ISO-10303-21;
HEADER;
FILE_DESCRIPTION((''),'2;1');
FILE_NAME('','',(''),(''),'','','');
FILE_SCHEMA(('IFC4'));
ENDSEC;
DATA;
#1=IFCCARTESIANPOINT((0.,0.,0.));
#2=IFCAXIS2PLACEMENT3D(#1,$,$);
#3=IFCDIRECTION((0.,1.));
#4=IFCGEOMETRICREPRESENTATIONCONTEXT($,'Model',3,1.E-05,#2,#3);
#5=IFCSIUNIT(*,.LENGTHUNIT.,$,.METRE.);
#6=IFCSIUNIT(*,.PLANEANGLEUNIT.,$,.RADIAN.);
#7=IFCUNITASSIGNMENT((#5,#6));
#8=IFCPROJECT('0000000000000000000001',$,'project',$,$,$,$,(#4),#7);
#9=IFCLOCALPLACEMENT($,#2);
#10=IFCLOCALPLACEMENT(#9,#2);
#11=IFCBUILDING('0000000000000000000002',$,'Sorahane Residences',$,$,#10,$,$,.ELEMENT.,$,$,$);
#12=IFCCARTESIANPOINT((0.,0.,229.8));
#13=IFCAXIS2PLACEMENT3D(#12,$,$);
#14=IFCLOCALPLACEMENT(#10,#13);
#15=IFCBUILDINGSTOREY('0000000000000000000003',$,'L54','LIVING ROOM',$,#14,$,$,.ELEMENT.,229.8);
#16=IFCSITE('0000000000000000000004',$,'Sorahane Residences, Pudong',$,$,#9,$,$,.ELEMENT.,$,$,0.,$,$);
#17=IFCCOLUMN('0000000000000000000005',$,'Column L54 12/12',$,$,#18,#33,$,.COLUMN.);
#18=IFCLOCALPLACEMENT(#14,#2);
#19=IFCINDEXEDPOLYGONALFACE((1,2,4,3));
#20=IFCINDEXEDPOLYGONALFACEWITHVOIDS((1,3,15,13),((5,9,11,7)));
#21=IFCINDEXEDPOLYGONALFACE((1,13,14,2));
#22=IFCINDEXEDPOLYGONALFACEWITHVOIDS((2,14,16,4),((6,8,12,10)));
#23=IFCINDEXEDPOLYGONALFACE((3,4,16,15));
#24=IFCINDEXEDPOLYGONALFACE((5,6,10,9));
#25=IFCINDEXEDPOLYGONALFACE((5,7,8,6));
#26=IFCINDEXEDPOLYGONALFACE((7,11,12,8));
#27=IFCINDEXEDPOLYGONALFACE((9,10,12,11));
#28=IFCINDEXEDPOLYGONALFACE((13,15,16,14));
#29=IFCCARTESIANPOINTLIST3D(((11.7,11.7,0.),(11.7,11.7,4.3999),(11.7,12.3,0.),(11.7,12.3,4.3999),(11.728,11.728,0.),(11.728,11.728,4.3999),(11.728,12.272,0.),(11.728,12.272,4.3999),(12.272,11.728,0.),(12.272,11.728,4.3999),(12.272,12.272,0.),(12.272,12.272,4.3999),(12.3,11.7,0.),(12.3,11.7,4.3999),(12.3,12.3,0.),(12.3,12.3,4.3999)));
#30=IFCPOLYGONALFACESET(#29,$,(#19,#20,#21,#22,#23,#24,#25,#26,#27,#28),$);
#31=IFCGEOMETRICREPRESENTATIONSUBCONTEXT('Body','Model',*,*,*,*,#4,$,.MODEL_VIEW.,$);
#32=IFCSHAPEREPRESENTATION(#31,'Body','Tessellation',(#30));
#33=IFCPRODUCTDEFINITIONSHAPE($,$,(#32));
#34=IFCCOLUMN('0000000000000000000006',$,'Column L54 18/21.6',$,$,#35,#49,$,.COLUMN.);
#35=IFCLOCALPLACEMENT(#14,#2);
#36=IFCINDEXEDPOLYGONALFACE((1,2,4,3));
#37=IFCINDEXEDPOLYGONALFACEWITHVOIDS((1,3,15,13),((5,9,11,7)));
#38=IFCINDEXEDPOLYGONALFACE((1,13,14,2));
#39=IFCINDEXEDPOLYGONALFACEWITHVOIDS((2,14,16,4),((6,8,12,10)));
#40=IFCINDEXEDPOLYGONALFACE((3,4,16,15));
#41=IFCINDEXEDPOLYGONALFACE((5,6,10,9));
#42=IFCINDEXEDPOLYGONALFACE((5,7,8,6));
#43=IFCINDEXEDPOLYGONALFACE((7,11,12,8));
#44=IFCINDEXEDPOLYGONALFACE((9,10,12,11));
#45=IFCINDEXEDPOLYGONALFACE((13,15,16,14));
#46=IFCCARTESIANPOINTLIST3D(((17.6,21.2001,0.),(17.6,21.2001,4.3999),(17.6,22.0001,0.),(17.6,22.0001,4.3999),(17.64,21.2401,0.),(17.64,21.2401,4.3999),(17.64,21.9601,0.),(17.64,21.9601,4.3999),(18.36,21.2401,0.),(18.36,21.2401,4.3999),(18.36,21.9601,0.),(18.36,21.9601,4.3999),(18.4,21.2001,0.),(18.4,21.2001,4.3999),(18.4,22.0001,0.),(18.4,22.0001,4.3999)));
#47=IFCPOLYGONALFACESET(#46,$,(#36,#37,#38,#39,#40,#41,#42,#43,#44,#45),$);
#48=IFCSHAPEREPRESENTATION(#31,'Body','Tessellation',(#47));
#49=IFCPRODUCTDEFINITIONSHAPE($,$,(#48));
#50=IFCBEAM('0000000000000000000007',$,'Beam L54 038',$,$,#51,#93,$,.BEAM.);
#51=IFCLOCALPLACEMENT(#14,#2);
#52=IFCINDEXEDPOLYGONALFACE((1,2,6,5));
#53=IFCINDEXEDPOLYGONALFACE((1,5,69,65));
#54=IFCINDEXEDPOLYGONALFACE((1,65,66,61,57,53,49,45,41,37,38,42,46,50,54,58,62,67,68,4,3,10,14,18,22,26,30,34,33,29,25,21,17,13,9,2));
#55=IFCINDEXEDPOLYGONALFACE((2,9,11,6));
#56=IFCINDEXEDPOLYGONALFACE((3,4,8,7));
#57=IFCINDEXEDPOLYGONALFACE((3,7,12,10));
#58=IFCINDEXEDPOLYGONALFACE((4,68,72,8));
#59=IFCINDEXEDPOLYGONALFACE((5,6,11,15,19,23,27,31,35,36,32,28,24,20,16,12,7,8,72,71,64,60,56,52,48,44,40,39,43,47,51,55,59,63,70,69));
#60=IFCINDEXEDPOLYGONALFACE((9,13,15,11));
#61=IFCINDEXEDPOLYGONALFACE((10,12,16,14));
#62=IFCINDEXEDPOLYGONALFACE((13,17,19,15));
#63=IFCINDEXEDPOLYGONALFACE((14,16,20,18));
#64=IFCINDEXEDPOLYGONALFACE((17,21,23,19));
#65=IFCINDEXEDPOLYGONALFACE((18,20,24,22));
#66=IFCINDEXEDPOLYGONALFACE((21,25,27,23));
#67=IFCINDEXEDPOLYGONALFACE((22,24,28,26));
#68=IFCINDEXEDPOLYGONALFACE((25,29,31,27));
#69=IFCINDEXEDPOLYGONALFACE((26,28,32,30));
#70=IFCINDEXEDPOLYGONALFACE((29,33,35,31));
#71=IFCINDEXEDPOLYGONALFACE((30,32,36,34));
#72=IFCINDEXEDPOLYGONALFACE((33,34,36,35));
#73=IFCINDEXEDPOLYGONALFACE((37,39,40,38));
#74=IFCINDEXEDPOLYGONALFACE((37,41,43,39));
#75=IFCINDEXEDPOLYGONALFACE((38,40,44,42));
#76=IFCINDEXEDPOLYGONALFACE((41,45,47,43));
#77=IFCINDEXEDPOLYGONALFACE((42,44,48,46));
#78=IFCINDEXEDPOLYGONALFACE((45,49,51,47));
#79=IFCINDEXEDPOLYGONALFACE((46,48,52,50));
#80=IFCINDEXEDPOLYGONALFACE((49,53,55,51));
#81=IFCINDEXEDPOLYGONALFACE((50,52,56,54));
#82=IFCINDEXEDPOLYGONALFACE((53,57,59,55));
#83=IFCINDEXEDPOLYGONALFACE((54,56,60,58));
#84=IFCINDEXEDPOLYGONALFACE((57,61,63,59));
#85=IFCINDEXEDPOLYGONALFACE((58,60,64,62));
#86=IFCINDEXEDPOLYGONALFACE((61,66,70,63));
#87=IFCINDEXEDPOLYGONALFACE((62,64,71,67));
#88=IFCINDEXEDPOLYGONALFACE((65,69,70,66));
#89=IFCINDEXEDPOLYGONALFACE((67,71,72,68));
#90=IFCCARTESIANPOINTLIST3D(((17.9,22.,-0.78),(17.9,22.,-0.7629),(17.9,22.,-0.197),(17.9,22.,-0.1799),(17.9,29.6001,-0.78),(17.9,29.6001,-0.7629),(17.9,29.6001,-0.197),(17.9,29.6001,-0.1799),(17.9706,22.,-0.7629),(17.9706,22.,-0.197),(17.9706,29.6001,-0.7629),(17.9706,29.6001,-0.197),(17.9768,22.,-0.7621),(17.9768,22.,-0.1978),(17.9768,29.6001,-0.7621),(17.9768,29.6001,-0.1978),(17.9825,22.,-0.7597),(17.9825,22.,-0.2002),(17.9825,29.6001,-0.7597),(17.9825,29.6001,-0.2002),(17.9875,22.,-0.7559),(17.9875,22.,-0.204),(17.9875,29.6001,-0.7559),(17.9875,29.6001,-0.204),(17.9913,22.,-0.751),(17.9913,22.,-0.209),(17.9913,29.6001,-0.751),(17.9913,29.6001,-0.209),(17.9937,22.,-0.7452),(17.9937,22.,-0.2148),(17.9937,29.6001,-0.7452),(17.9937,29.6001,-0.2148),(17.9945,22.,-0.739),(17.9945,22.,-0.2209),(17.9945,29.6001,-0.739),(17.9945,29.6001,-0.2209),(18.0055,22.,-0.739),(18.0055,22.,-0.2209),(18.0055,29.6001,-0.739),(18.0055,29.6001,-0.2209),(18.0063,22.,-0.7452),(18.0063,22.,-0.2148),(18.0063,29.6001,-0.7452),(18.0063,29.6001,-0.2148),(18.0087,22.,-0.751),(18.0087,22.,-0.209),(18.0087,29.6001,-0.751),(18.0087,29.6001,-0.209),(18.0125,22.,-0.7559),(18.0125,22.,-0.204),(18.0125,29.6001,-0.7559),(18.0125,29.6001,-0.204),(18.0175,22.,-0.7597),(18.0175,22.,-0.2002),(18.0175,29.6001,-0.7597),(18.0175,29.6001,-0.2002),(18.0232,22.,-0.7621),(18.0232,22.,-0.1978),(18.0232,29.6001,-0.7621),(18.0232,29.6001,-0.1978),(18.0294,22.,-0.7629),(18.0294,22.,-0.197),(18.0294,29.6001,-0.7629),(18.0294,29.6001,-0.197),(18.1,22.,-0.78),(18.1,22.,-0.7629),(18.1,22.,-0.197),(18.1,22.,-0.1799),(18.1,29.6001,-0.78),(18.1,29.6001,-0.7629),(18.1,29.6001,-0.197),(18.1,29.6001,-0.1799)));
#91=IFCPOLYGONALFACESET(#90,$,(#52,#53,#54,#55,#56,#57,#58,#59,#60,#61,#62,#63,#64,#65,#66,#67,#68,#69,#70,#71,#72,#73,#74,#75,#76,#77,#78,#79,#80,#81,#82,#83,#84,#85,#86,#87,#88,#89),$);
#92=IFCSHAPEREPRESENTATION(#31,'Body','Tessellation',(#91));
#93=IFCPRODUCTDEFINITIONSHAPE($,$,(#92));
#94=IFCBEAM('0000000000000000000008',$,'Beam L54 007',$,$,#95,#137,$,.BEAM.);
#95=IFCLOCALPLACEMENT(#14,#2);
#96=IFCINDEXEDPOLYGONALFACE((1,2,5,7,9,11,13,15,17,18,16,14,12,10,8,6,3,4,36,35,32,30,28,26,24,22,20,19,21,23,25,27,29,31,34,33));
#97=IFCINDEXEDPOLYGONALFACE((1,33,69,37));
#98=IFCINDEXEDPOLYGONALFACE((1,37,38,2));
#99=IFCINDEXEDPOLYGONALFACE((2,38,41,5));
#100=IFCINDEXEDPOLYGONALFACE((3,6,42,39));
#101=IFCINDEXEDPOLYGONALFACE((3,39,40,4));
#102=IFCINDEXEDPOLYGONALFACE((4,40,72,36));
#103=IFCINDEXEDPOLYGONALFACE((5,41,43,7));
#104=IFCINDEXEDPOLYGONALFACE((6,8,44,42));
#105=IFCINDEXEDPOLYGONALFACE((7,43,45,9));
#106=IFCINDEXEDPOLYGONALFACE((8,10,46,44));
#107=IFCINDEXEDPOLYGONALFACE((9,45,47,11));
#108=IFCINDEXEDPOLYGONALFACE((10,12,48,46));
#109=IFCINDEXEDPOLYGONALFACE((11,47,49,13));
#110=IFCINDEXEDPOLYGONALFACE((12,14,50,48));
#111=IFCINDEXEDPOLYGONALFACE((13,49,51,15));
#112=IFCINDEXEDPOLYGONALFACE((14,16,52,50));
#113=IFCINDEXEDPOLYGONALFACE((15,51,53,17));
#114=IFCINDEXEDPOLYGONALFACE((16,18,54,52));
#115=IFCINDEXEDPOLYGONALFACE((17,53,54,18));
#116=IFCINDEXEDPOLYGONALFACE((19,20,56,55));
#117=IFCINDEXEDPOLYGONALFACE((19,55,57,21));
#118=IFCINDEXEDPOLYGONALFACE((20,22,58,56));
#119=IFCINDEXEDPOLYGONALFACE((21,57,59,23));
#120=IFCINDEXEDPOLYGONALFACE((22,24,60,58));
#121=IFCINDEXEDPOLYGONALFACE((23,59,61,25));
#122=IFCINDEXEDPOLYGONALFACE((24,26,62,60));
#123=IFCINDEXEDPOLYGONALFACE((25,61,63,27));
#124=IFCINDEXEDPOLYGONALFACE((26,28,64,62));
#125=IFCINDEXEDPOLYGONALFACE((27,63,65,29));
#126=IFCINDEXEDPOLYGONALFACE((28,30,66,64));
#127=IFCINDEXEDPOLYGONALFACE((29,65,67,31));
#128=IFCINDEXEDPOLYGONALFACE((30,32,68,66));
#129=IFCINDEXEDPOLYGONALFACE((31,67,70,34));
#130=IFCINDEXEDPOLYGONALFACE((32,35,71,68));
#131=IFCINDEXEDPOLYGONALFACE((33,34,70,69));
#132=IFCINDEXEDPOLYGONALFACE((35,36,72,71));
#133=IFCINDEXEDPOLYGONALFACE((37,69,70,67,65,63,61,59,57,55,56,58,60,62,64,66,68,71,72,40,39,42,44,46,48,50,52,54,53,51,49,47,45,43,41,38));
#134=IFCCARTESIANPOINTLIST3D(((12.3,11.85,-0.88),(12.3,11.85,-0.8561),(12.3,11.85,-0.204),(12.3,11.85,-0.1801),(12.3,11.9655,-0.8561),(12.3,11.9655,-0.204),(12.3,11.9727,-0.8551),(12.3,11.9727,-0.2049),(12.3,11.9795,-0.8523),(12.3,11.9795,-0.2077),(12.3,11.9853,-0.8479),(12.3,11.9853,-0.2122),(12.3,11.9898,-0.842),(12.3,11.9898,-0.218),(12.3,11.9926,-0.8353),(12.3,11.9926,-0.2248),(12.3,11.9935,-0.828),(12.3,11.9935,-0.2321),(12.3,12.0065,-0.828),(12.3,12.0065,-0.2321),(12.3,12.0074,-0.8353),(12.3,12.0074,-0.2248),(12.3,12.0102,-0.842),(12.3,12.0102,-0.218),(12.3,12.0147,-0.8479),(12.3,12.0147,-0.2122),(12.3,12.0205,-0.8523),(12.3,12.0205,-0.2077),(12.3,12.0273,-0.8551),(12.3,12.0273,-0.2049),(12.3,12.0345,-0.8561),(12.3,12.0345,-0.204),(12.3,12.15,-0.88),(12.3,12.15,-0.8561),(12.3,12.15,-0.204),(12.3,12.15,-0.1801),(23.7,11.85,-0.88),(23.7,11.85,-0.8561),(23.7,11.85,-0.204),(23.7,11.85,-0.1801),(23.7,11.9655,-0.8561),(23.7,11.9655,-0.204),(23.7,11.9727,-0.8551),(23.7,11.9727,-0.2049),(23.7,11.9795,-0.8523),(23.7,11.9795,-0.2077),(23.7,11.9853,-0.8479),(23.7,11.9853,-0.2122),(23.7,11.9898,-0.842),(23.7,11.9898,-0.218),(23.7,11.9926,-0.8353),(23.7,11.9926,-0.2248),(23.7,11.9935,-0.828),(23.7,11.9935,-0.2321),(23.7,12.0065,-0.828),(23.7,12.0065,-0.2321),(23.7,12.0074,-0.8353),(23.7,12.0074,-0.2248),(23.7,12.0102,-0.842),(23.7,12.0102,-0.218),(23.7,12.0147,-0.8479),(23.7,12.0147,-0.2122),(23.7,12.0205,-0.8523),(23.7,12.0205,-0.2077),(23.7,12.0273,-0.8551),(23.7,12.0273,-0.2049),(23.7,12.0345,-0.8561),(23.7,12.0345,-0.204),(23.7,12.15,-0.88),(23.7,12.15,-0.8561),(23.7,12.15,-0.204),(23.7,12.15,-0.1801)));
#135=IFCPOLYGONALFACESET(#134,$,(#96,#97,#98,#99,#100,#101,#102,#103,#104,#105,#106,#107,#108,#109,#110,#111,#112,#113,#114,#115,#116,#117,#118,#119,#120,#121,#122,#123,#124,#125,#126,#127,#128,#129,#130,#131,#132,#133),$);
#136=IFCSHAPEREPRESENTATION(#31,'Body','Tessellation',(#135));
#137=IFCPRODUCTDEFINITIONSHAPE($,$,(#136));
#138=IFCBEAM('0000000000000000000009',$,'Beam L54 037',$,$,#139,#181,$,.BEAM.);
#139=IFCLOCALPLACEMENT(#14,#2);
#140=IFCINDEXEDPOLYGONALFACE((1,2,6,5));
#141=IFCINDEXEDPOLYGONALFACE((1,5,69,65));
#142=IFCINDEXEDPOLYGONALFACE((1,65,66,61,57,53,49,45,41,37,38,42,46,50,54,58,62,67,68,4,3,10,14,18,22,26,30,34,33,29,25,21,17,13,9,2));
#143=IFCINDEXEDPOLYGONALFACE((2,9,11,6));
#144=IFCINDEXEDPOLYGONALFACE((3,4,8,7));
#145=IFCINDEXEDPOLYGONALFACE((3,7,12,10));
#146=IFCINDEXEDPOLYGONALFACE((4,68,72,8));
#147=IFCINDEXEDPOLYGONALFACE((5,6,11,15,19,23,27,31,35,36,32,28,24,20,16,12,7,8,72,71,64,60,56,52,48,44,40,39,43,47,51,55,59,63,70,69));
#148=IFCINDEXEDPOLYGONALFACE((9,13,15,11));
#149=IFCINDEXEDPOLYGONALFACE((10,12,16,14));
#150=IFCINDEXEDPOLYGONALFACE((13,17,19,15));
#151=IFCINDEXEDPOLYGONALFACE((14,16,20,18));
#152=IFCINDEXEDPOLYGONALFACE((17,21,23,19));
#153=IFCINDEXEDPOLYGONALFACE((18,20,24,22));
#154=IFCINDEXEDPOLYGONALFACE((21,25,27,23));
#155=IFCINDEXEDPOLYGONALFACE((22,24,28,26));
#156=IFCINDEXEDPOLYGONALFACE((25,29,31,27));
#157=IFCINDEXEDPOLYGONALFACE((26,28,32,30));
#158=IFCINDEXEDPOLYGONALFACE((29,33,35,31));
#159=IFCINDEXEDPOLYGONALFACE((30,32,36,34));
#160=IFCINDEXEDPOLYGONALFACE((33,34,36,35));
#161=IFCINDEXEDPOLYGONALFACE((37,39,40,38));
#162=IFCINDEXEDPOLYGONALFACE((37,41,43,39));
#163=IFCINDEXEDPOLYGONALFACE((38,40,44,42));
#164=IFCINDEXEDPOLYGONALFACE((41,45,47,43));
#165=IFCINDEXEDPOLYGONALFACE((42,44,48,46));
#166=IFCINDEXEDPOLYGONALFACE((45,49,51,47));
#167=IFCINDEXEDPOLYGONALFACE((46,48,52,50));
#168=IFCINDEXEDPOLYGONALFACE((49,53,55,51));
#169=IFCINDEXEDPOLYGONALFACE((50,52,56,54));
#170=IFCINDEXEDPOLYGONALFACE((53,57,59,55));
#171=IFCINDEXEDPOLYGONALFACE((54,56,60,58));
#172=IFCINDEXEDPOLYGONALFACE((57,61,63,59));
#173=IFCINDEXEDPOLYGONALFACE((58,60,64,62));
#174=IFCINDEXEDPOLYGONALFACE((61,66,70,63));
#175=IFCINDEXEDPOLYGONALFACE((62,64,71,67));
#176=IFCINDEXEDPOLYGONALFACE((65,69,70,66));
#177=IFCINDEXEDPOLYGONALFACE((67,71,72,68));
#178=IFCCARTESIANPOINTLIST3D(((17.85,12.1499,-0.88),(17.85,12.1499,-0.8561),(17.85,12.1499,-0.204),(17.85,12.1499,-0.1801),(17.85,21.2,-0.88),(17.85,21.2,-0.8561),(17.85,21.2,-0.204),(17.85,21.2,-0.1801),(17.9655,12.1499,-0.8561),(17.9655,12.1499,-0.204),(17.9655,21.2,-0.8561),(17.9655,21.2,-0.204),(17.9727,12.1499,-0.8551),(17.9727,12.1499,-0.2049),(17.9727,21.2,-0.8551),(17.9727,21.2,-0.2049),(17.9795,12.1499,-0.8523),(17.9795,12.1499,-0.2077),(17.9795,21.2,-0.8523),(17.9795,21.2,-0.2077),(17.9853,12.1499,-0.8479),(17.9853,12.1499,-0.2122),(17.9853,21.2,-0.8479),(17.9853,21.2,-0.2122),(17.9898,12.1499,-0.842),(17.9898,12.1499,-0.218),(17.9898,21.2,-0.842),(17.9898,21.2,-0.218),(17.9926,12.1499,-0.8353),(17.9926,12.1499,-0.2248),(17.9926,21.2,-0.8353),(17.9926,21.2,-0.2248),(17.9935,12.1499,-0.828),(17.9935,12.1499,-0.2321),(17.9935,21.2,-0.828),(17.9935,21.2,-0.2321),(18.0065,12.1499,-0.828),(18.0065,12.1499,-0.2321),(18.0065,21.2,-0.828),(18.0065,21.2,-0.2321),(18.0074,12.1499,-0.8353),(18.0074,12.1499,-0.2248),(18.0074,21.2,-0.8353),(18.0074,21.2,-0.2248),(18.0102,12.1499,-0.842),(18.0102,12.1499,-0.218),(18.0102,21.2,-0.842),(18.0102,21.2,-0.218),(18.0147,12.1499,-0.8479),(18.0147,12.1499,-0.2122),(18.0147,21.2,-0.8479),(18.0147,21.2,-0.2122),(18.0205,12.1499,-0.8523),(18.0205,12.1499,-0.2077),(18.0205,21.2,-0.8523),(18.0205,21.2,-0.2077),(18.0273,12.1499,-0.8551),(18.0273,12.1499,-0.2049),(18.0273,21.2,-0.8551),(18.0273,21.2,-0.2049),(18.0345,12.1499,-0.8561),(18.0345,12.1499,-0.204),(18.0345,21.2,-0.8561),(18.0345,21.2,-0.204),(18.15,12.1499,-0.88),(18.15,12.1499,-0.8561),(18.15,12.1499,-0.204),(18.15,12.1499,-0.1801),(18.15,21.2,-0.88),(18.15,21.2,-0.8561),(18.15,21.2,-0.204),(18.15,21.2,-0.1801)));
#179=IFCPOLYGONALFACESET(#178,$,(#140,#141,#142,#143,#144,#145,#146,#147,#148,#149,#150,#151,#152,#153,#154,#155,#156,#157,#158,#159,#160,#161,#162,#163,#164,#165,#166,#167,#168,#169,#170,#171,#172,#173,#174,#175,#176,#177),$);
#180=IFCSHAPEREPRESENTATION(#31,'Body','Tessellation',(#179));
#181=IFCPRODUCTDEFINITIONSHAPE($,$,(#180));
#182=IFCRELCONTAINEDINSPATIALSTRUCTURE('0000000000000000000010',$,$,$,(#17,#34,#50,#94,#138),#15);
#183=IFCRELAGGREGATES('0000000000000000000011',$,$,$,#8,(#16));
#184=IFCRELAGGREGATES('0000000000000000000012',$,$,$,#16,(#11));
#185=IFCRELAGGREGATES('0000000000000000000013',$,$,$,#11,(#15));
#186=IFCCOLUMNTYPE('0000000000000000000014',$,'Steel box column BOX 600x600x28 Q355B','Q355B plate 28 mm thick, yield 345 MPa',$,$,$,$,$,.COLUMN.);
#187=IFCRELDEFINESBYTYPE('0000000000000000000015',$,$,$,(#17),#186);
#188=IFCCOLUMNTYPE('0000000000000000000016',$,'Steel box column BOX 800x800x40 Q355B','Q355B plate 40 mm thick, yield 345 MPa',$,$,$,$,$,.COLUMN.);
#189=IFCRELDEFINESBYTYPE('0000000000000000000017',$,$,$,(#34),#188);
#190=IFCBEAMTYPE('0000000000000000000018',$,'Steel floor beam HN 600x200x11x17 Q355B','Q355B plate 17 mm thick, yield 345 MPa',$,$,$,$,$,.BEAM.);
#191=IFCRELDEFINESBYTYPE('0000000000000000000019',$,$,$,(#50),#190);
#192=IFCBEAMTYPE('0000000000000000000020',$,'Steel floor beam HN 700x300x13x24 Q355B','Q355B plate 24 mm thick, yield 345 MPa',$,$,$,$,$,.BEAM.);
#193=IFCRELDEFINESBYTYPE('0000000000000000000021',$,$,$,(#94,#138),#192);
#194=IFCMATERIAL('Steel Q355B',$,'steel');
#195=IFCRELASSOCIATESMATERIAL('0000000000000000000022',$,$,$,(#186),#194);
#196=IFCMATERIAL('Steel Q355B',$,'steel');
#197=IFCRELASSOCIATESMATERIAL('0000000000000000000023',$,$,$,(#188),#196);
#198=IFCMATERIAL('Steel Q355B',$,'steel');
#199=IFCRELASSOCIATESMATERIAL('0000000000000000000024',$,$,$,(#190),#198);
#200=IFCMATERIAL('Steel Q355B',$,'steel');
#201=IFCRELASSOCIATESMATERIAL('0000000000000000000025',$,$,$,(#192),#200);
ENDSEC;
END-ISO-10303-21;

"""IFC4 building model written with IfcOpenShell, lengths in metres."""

from ifc_helpers import new_model, si_unit, direction, frame, origin, origin_2d, place, context, subcontext, project, spatial, hollow_rectangle, i_section, extrude, material, material_profile, profile_set, type_object, element, save


model = new_model("IFC4")

# Units and contexts
model_context = context("Model", 3, precision=1e-05, world=origin(), true_north=direction((0.0, 1.0)))
body_context = subcontext(model_context, "Body", "Model", "MODEL_VIEW")
ifc_project = project(units=[si_unit("LENGTHUNIT", "METRE"), si_unit("PLANEANGLEUNIT", "RADIAN")], contexts=[model_context])

# Site, building, storey
site_placement = place(None, origin())
site = spatial("IfcSite", under=ifc_project, at=site_placement, Name="Sorahane Residences, Pudong", CompositionType="ELEMENT", RefElevation=0.0)
building_placement = place(site_placement, origin())
building = spatial("IfcBuilding", under=site, at=building_placement, Name="Sorahane Residences", CompositionType="ELEMENT")
storey_placement = place(building_placement, frame((0.0, 0.0, 229.8)))
storey = spatial("IfcBuildingStorey", under=building, at=storey_placement, Name="L54", Description="LIVING ROOM", CompositionType="ELEMENT", Elevation=229.8)

# Columns
ifc_material_1 = material(Name="Steel Q355B", Category="steel")
ifc_material_profile_1 = material_profile(ifc_material_1, hollow_rectangle(XDim=0.6001, YDim=0.6001, WallThickness=0.0281, at=origin_2d()), Name="BOX 600x600x28")
ifc_profile_set_1 = profile_set([ifc_material_profile_1], Name="Steel Q355B")
column_type_1 = type_object("IfcColumnType", Name="Steel box column BOX 600x600x28 Q355B", Description="Q355B plate 28 mm thick, yield 345 MPa", PredefinedType="COLUMN", material=ifc_profile_set_1)
column_1_placement = place(storey_placement, frame((12.0, 12.0, 0.0), z_axis=(0.0, 0.0, 1.0), x_axis=(1.0, 0.0, 0.0)))
element("IfcColumn", 1, at=column_1_placement, inside=storey, type_object=column_type_1, Name="Column L54 12/12", PredefinedType="COLUMN", context=body_context, shape_type="SweptSolid", body=[
    extrude(hollow_rectangle(XDim=0.6001, YDim=0.6001, WallThickness=0.0281, at=origin_2d()), origin(), (0.0, 0.0, 1.0), 4.3999),
])
ifc_material_2 = material(Name="Steel Q355B", Category="steel")
ifc_material_profile_2 = material_profile(ifc_material_2, hollow_rectangle(XDim=0.8, YDim=0.8, WallThickness=0.04, at=origin_2d()), Name="BOX 800x800x40")
ifc_profile_set_2 = profile_set([ifc_material_profile_2], Name="Steel Q355B")
column_type_2 = type_object("IfcColumnType", Name="Steel box column BOX 800x800x40 Q355B", Description="Q355B plate 40 mm thick, yield 345 MPa", PredefinedType="COLUMN", material=ifc_profile_set_2)
column_2_placement = place(storey_placement, frame((18.0, 21.6001, 0.0), z_axis=(0.0, 0.0, 1.0), x_axis=(1.0, 0.0, 0.0)))
element("IfcColumn", 2, at=column_2_placement, inside=storey, type_object=column_type_2, Name="Column L54 18/21.6", PredefinedType="COLUMN", context=body_context, shape_type="SweptSolid", body=[
    extrude(hollow_rectangle(XDim=0.8, YDim=0.8, WallThickness=0.04, at=origin_2d()), origin(), (0.0, 0.0, 1.0), 4.3999),
])

# Beams
ifc_material_3 = material(Name="Steel Q355B", Category="steel")
ifc_material_profile_3 = material_profile(ifc_material_3, i_section(OverallWidth=0.2, OverallDepth=0.6001, WebThickness=0.011, FlangeThickness=0.0171, FilletRadius=0.0239, at=origin_2d()), Name="HN 600x200x11x17")
ifc_profile_set_3 = profile_set([ifc_material_profile_3], Name="Steel Q355B")
beam_type_1 = type_object("IfcBeamType", Name="Steel floor beam HN 600x200x11x17 Q355B", Description="Q355B plate 17 mm thick, yield 345 MPa", PredefinedType="BEAM", material=ifc_profile_set_3)
beam_1_placement = place(storey_placement, frame((18.0, 22.0, -0.48), z_axis=(0.0, 1.0, 0.0), x_axis=(-1.0, 0.0, 0.0)))
element("IfcBeam", 3, at=beam_1_placement, inside=storey, type_object=beam_type_1, Name="Beam L54 038", PredefinedType="BEAM", context=body_context, shape_type="SweptSolid", body=[
    extrude(i_section(OverallWidth=0.2, OverallDepth=0.6001, WebThickness=0.011, FlangeThickness=0.0171, FilletRadius=0.0239, at=origin_2d()), origin(), (0.0, 0.0, 1.0), 7.6001),
])
ifc_material_4 = material(Name="Steel Q355B", Category="steel")
ifc_material_profile_4 = material_profile(ifc_material_4, i_section(OverallWidth=0.3, OverallDepth=0.7, WebThickness=0.0129, FlangeThickness=0.0239, FilletRadius=0.0281, at=origin_2d()), Name="HN 700x300x13x24")
ifc_profile_set_4 = profile_set([ifc_material_profile_4], Name="Steel Q355B")
beam_type_2 = type_object("IfcBeamType", Name="Steel floor beam HN 700x300x13x24 Q355B", Description="Q355B plate 24 mm thick, yield 345 MPa", PredefinedType="BEAM", material=ifc_profile_set_4)
beam_2_placement = place(storey_placement, frame((12.3, 12.0, -0.53), z_axis=(1.0, 0.0, 0.0), x_axis=(0.0, 1.0, 0.0)))
element("IfcBeam", 4, at=beam_2_placement, inside=storey, type_object=beam_type_2, Name="Beam L54 007", PredefinedType="BEAM", context=body_context, shape_type="SweptSolid", body=[
    extrude(i_section(OverallWidth=0.3, OverallDepth=0.7, WebThickness=0.0129, FlangeThickness=0.0239, FilletRadius=0.0281, at=origin_2d()), origin(), (0.0, 0.0, 1.0), 11.3999),
])
beam_3_placement = place(storey_placement, frame((18.0, 12.1499, -0.53), z_axis=(0.0, 1.0, 0.0), x_axis=(-1.0, 0.0, 0.0)))
element("IfcBeam", 5, at=beam_3_placement, inside=storey, type_object=beam_type_2, Name="Beam L54 037", PredefinedType="BEAM", context=body_context, shape_type="SweptSolid", body=[
    extrude(i_section(OverallWidth=0.3, OverallDepth=0.7, WebThickness=0.0129, FlangeThickness=0.0239, FilletRadius=0.0281, at=origin_2d()), origin(), (0.0, 0.0, 1.0), 9.05),
])

save(model, "model.ifc")
